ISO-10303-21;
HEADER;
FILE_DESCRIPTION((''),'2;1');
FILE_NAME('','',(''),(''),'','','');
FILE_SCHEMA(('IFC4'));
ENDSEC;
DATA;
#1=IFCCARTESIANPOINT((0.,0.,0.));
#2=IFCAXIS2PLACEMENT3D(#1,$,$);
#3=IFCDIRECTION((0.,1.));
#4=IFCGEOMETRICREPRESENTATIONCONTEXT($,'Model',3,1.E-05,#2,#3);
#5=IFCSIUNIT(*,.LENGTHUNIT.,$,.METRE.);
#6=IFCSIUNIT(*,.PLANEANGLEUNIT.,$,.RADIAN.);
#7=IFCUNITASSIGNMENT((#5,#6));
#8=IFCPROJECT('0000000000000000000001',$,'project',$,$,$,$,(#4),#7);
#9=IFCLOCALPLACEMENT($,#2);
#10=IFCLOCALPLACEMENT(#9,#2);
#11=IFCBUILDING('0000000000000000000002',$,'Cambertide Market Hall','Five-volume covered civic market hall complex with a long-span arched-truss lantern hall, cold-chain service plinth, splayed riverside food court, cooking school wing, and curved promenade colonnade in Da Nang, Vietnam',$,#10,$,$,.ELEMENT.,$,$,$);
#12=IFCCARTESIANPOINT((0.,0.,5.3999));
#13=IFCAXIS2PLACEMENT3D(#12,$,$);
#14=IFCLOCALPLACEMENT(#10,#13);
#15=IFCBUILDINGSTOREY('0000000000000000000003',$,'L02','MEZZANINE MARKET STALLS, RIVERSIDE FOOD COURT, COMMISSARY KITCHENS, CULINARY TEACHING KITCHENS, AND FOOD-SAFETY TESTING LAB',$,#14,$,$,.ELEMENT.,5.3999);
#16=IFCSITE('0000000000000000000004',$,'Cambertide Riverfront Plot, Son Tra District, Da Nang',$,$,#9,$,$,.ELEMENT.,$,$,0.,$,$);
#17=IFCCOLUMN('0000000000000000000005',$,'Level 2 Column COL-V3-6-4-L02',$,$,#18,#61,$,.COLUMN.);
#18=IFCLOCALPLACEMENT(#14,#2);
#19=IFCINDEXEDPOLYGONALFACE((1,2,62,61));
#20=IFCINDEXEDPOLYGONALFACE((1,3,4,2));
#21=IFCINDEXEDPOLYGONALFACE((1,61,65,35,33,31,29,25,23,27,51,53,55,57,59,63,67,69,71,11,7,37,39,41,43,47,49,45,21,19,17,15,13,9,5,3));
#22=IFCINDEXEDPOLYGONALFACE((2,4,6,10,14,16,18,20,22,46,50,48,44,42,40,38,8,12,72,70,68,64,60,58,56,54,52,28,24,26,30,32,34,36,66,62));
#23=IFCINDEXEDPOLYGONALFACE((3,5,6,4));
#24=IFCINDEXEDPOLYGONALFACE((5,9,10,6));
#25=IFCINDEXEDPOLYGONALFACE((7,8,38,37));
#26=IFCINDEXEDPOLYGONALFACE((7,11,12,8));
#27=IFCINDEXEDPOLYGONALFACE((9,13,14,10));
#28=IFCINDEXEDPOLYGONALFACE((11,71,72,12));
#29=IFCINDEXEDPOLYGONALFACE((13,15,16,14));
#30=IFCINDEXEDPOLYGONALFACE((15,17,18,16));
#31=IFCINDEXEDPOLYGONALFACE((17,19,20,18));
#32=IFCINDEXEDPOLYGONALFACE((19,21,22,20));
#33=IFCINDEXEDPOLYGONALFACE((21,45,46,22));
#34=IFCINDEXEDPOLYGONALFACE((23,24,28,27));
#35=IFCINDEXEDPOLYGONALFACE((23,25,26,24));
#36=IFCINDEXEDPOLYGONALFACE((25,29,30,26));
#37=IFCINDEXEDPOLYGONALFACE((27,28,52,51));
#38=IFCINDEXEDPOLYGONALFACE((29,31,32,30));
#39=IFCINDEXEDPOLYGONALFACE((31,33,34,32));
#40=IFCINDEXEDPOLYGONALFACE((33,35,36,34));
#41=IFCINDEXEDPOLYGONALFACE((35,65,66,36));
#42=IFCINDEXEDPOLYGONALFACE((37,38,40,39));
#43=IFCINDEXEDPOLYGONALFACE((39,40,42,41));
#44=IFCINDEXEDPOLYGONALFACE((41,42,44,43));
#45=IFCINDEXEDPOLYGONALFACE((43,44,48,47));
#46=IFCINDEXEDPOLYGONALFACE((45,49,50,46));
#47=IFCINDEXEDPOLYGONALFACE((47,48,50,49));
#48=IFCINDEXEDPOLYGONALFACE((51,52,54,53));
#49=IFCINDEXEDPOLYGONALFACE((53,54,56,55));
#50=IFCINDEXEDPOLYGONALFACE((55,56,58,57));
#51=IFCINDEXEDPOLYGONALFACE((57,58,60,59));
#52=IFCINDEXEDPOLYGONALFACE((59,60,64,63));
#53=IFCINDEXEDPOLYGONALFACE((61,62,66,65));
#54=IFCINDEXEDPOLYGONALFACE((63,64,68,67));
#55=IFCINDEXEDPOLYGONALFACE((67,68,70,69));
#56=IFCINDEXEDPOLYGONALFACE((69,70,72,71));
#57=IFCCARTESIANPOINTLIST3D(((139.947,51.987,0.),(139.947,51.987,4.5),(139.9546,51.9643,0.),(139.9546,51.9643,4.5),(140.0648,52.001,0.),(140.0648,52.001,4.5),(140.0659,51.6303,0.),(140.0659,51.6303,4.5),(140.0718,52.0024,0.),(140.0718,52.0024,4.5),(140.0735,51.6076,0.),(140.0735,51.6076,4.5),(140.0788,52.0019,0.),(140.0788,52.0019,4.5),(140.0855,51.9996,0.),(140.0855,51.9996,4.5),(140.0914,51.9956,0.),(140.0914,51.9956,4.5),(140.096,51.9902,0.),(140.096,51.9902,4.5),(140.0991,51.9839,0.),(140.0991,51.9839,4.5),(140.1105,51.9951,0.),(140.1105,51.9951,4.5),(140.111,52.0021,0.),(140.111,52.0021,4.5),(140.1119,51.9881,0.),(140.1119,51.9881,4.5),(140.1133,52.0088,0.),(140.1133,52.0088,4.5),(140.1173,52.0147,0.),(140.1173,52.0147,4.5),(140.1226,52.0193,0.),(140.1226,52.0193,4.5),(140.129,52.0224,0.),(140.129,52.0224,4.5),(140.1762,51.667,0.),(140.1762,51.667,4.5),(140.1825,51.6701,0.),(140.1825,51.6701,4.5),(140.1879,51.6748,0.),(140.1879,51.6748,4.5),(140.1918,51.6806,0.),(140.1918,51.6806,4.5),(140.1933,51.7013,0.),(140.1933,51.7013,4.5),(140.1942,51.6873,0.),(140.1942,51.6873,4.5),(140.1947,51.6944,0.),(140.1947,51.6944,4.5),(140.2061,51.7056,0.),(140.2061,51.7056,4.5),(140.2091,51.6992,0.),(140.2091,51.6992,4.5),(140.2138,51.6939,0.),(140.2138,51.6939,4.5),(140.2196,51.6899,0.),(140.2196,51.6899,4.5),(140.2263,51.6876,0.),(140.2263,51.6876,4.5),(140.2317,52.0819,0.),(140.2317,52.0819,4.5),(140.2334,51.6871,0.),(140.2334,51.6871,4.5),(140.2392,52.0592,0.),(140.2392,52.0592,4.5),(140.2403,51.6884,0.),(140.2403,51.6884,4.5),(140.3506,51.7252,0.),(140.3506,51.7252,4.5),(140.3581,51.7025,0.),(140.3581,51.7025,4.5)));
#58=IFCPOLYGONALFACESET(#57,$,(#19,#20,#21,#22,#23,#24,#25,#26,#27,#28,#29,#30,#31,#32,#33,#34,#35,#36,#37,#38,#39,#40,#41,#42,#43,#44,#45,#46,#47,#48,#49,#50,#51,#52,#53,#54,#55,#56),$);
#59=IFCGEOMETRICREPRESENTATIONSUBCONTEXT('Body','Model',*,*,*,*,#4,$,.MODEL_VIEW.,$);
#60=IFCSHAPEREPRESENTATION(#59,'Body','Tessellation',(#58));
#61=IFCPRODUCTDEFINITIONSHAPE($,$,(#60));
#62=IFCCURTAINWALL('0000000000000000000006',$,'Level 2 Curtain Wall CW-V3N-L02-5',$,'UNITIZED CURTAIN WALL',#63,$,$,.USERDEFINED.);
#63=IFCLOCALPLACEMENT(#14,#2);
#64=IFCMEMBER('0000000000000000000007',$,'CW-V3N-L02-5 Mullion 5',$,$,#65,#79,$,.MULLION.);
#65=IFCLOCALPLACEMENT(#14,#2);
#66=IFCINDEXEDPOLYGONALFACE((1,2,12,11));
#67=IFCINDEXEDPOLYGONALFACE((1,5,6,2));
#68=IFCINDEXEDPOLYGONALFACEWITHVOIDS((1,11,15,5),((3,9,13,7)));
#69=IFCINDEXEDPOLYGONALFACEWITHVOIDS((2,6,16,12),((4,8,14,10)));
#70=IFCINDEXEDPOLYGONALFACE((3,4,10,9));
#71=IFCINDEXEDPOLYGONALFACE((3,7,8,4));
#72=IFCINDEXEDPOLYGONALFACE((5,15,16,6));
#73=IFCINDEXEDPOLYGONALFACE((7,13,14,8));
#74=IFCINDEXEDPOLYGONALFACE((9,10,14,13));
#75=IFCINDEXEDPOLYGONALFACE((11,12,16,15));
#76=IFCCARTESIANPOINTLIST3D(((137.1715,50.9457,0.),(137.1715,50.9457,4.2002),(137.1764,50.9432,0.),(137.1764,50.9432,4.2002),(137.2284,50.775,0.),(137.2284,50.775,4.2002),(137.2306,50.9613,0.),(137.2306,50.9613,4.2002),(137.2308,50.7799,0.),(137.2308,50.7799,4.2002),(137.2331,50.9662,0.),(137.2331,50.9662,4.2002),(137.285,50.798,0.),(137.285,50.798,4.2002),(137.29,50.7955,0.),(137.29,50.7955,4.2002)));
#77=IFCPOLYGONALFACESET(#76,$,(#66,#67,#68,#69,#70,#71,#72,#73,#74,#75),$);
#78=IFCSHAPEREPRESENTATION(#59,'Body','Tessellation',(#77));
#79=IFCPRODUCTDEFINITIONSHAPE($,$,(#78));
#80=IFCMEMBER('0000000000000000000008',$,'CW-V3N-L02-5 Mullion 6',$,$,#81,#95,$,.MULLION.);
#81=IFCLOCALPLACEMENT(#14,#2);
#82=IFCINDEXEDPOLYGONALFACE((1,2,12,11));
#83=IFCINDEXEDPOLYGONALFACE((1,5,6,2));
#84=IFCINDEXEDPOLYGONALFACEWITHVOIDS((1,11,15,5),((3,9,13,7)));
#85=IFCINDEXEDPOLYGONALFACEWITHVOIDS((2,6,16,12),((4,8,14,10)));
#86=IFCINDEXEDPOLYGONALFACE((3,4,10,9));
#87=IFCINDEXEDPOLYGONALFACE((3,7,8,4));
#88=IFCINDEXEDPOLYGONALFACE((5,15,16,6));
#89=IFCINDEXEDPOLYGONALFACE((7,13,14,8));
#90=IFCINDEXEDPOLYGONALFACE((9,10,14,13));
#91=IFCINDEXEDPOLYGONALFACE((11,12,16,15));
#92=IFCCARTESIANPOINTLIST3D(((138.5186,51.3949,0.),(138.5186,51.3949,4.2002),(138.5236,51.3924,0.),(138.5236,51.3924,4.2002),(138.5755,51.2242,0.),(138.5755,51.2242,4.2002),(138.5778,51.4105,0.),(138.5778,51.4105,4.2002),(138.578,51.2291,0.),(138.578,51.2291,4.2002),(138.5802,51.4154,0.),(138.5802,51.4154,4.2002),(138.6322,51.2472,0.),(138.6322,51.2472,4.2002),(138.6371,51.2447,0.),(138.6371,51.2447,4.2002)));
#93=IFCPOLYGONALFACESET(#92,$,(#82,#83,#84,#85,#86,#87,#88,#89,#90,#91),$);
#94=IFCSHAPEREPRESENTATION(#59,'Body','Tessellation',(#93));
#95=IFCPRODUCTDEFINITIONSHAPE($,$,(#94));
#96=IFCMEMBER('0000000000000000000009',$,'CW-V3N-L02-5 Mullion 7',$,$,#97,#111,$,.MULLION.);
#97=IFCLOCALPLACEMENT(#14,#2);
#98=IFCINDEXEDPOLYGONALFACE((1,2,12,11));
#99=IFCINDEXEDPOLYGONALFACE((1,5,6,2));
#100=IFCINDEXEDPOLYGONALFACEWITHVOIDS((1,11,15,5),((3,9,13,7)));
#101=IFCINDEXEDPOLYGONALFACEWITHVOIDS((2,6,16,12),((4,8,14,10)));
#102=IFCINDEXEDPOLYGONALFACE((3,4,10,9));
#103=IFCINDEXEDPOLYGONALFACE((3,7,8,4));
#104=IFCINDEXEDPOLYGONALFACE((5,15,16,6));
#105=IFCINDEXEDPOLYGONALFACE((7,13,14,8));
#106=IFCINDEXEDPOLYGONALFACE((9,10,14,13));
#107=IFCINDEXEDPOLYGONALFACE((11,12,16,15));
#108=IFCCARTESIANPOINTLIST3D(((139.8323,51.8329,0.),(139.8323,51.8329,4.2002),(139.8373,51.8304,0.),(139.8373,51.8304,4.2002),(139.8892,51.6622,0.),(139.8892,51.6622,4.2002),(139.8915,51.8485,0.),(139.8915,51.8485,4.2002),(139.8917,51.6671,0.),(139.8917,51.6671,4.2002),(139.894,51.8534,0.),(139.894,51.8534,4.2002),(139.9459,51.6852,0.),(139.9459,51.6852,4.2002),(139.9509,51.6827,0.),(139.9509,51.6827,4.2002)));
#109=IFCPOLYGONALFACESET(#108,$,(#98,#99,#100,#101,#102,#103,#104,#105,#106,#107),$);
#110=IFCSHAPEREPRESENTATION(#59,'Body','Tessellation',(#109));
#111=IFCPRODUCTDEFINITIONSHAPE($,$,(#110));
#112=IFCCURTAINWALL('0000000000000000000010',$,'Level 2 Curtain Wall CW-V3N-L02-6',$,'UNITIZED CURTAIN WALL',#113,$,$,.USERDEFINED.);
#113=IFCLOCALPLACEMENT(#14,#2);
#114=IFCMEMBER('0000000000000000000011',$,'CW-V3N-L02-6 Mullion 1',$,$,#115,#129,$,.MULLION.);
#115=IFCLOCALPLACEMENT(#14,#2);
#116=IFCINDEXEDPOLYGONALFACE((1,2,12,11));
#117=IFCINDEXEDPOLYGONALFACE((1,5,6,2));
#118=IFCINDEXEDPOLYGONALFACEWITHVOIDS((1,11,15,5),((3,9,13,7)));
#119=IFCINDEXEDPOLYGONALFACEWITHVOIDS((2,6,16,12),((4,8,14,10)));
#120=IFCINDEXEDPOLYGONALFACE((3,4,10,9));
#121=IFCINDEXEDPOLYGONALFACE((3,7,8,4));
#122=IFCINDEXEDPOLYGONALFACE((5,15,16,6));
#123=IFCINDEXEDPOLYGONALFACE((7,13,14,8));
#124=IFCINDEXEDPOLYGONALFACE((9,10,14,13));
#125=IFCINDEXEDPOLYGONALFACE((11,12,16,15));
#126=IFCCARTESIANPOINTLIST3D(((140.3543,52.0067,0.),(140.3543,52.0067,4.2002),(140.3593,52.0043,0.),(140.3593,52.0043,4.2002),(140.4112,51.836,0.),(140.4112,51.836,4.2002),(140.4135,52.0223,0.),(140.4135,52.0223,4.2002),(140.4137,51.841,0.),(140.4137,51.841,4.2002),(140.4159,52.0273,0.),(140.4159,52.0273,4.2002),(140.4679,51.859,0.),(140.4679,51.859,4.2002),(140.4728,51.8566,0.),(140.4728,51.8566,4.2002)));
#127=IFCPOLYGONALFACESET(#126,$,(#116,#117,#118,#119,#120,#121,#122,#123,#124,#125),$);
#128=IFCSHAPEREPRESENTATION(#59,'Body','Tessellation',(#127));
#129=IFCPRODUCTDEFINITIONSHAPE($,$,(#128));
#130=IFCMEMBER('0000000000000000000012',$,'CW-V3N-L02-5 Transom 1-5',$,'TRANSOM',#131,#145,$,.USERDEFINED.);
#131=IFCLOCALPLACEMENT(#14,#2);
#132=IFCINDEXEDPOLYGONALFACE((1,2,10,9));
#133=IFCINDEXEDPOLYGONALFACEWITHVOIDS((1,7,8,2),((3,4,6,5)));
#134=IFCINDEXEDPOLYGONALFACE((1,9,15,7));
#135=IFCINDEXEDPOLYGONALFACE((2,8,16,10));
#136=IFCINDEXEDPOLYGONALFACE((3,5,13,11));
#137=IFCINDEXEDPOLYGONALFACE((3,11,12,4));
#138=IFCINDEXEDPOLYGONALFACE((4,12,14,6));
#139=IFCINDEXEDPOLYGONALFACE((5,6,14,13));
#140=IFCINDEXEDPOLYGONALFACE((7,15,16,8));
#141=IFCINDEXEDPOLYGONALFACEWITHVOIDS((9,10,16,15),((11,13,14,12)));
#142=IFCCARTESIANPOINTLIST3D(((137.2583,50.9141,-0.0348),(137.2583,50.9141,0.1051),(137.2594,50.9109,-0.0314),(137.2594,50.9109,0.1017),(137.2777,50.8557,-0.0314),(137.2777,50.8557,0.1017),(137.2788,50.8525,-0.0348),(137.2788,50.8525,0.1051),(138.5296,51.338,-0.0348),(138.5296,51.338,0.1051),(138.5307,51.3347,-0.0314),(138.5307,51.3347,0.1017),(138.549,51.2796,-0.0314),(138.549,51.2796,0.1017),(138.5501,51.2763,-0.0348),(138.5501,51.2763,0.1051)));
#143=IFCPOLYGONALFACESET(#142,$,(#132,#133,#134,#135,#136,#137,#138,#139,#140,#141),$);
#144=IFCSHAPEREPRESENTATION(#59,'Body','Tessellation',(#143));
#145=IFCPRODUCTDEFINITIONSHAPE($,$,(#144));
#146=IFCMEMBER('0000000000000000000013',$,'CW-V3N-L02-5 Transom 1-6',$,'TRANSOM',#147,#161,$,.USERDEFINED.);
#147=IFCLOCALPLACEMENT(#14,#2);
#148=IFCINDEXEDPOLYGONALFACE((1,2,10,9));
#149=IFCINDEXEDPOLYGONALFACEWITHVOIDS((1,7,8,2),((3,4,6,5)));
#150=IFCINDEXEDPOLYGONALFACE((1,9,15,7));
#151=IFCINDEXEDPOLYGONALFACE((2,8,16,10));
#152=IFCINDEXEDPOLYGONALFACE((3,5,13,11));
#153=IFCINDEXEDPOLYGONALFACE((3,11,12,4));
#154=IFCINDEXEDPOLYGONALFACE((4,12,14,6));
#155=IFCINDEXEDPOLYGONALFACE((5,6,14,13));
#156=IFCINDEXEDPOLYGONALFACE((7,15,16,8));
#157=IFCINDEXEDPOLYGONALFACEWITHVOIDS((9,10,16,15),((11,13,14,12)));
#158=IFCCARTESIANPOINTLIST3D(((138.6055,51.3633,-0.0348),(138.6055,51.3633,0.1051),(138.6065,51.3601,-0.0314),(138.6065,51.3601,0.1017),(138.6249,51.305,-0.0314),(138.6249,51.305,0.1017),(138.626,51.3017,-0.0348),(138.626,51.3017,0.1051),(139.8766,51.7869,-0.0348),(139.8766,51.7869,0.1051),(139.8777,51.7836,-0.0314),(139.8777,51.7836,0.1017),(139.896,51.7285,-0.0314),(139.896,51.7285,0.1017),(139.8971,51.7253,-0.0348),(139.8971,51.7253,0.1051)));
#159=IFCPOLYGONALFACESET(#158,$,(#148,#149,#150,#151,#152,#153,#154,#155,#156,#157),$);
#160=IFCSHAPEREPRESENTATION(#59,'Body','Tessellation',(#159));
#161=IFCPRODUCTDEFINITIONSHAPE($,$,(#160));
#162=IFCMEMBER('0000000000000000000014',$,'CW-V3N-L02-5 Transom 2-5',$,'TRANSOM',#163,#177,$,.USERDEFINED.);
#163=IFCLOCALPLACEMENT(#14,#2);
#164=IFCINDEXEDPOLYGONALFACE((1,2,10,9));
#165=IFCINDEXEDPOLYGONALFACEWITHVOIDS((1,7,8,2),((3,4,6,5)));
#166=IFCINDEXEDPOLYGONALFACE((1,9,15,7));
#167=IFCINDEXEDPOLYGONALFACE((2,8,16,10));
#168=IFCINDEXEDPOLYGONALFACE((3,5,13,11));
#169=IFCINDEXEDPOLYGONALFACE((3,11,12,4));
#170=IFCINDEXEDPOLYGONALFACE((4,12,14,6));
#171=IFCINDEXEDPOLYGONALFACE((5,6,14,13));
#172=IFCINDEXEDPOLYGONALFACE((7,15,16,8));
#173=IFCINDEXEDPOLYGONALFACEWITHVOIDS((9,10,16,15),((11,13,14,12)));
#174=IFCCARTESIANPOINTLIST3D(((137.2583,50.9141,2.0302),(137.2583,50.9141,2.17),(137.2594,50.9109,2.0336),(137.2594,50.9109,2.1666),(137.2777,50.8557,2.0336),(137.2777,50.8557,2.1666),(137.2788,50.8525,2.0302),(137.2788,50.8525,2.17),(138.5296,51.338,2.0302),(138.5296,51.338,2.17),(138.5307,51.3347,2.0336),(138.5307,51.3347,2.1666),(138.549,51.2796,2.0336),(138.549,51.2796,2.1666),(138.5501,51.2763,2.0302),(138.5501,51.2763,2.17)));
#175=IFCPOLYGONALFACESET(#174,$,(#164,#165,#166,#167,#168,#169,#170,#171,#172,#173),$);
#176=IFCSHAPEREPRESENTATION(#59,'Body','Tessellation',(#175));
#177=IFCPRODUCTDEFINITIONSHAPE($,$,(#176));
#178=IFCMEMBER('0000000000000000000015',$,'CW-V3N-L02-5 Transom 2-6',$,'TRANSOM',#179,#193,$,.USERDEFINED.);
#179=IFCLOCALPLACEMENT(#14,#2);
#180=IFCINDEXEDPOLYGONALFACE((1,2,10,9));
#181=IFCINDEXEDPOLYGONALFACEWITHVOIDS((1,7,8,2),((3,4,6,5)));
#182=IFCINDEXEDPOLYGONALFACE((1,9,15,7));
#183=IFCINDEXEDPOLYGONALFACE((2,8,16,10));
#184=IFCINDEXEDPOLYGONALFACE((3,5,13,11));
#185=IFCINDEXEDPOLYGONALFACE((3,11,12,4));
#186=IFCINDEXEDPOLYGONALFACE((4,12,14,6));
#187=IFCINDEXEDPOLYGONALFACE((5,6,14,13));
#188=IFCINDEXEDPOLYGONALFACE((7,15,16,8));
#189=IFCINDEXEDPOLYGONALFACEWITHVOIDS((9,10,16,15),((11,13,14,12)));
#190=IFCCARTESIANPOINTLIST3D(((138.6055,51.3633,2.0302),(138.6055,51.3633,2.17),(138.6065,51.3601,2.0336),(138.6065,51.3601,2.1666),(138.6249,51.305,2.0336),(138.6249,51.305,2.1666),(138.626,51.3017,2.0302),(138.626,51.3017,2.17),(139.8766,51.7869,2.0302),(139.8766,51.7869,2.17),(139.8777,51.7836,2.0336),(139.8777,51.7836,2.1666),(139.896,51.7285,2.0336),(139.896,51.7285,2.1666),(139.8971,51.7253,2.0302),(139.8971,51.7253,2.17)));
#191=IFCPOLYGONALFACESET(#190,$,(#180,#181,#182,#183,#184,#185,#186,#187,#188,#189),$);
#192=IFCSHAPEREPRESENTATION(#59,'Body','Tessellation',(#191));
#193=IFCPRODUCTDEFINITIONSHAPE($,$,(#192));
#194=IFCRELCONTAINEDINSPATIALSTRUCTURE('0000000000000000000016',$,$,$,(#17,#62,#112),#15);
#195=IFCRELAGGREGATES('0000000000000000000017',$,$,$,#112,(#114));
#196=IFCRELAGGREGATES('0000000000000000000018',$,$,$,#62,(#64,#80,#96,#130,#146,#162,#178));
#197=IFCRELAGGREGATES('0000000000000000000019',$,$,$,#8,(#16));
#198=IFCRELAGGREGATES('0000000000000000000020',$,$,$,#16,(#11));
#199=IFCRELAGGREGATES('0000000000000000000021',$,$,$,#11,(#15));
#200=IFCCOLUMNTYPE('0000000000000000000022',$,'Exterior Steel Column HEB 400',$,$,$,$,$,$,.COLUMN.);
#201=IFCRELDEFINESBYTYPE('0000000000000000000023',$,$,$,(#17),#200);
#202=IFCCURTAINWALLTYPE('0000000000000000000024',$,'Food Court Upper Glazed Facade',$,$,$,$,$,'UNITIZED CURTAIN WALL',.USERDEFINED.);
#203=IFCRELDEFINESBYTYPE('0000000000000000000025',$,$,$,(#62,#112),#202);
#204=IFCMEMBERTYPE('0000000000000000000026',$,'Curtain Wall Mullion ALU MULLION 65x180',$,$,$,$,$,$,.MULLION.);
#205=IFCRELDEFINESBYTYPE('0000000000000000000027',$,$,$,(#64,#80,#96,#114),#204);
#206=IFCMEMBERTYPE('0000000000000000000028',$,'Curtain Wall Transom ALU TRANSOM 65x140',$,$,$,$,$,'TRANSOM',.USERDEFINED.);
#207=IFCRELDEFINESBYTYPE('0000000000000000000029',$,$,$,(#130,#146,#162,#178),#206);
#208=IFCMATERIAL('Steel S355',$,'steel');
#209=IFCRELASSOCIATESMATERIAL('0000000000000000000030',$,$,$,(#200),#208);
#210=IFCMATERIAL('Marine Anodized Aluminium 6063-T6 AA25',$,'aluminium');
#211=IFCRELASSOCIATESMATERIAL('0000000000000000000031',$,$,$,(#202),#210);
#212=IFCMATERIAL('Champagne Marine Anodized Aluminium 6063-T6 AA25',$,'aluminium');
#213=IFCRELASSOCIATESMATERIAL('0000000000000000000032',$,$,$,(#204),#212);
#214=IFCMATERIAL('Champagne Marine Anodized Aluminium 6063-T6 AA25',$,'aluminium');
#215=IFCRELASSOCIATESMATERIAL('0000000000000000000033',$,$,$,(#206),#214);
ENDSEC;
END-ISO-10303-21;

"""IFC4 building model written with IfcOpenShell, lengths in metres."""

from ifc_helpers import new_model, si_unit, direction, frame, origin, origin_2d, place, context, subcontext, project, spatial, hollow_rectangle, i_section, extrude, material, material_profile, profile_set, type_object, element, aggregate, save


model = new_model("IFC4")

# Units and contexts
model_context = context("Model", 3, precision=1e-05, world=origin(), true_north=direction((0.0, 1.0)))
body_context = subcontext(model_context, "Body", "Model", "MODEL_VIEW")
ifc_project = project(units=[si_unit("LENGTHUNIT", "METRE"), si_unit("PLANEANGLEUNIT", "RADIAN")], contexts=[model_context])

# Site, building, storey
site_placement = place(None, origin())
site = spatial("IfcSite", under=ifc_project, at=site_placement, Name="Cambertide Riverfront Plot, Son Tra District, Da Nang", CompositionType="ELEMENT", RefElevation=0.0)
building_placement = place(site_placement, origin())
building = spatial("IfcBuilding", under=site, at=building_placement, Name="Cambertide Market Hall", Description="Five-volume covered civic market hall complex with a long-span arched-truss lantern hall, cold-chain service plinth, splayed riverside food court, cooking school wing, and curved promenade colonnade in Da Nang, Vietnam", CompositionType="ELEMENT")
storey_placement = place(building_placement, frame((0.0, 0.0, 5.3999)))
storey = spatial("IfcBuildingStorey", under=building, at=storey_placement, Name="L02", Description="MEZZANINE MARKET STALLS, RIVERSIDE FOOD COURT, COMMISSARY KITCHENS, CULINARY TEACHING KITCHENS, AND FOOD-SAFETY TESTING LAB", CompositionType="ELEMENT", Elevation=5.3999)

# Column
ifc_material_1 = material(Name="Steel S355", Category="steel")
ifc_material_profile_1 = material_profile(ifc_material_1, i_section(OverallWidth=0.3, OverallDepth=0.3999, WebThickness=0.0134, FlangeThickness=0.0239, FilletRadius=0.0271, at=origin_2d()), Name="HEB 400")
ifc_profile_set_1 = profile_set([ifc_material_profile_1], Name="Steel S355")
column_type = type_object("IfcColumnType", Name="Exterior Steel Column HEB 400", PredefinedType="COLUMN", material=ifc_profile_set_1)
column_placement = place(storey_placement, frame((140.1526, 51.8447, 0.0), z_axis=(0.0, 0.0, 1.0), x_axis=(0.948683, 0.316228, 0.0)))
element("IfcColumn", 1, at=column_placement, inside=storey, type_object=column_type, Name="Level 2 Column COL-V3-6-4-L02", PredefinedType="COLUMN", context=body_context, shape_type="SweptSolid", body=[
    extrude(i_section(OverallWidth=0.3, OverallDepth=0.3999, WebThickness=0.0134, FlangeThickness=0.0239, FilletRadius=0.0271, at=origin_2d()), origin(), (0.0, 0.0, 1.0), 4.5),
])

# Curtain wall, members
ifc_material_2 = material(Name="Marine Anodized Aluminium 6063-T6 AA25", Category="aluminium")
curtain_wall_type = type_object("IfcCurtainWallType", Name="Food Court Upper Glazed Facade", ElementType="UNITIZED CURTAIN WALL", PredefinedType="USERDEFINED", material=ifc_material_2)
curtain_wall_1_placement = place(storey_placement, origin())
curtain_wall_1 = element("IfcCurtainWall", 2, at=curtain_wall_1_placement, inside=storey, type_object=curtain_wall_type, Name="Level 2 Curtain Wall CW-V3N-L02-5", ObjectType="UNITIZED CURTAIN WALL", PredefinedType="USERDEFINED")
ifc_material_3 = material(Name="Champagne Marine Anodized Aluminium 6063-T6 AA25", Category="aluminium")
ifc_material_profile_2 = material_profile(ifc_material_3, hollow_rectangle(XDim=0.0649, YDim=0.1799, WallThickness=0.0039, at=origin_2d()), Name="ALU MULLION 65x180")
ifc_profile_set_2 = profile_set([ifc_material_profile_2], Name="Champagne Marine Anodized Aluminium 6063-T6 AA25")
member_type_1 = type_object("IfcMemberType", Name="Curtain Wall Mullion ALU MULLION 65x180", PredefinedType="MULLION", material=ifc_profile_set_2)
member_1_placement = place(storey_placement, frame((137.2307, 50.8706, 0.0), z_axis=(0.0, 0.0, 1.0), x_axis=(0.948683, 0.316228, 0.0)))
member_1 = element("IfcMember", 3, at=member_1_placement, type_object=member_type_1, Name="CW-V3N-L02-5 Mullion 5", PredefinedType="MULLION", context=body_context, shape_type="SweptSolid", body=[
    extrude(hollow_rectangle(XDim=0.0649, YDim=0.1799, WallThickness=0.0039, at=origin_2d()), origin(), (0.0, 0.0, 1.0), 4.2002),
])
member_2_placement = place(storey_placement, frame((138.5779, 51.3198, 0.0), z_axis=(0.0, 0.0, 1.0), x_axis=(0.948683, 0.316228, 0.0)))
member_2 = element("IfcMember", 4, at=member_2_placement, type_object=member_type_1, Name="CW-V3N-L02-5 Mullion 6", PredefinedType="MULLION", context=body_context, shape_type="SweptSolid", body=[
    extrude(hollow_rectangle(XDim=0.0649, YDim=0.1799, WallThickness=0.0039, at=origin_2d()), origin(), (0.0, 0.0, 1.0), 4.2002),
])
member_3_placement = place(storey_placement, frame((139.8916, 51.7578, 0.0), z_axis=(0.0, 0.0, 1.0), x_axis=(0.948683, 0.316228, 0.0)))
member_3 = element("IfcMember", 5, at=member_3_placement, type_object=member_type_1, Name="CW-V3N-L02-5 Mullion 7", PredefinedType="MULLION", context=body_context, shape_type="SweptSolid", body=[
    extrude(hollow_rectangle(XDim=0.0649, YDim=0.1799, WallThickness=0.0039, at=origin_2d()), origin(), (0.0, 0.0, 1.0), 4.2002),
])

# Curtain wall, member
curtain_wall_2_placement = place(storey_placement, origin())
curtain_wall_2 = element("IfcCurtainWall", 6, at=curtain_wall_2_placement, inside=storey, type_object=curtain_wall_type, Name="Level 2 Curtain Wall CW-V3N-L02-6", ObjectType="UNITIZED CURTAIN WALL", PredefinedType="USERDEFINED")
member_4_placement = place(storey_placement, frame((140.4136, 51.9316, 0.0), z_axis=(0.0, 0.0, 1.0), x_axis=(0.948683, 0.316228, 0.0)))
member_4 = element("IfcMember", 7, at=member_4_placement, type_object=member_type_1, Name="CW-V3N-L02-6 Mullion 1", PredefinedType="MULLION", context=body_context, shape_type="SweptSolid", body=[
    extrude(hollow_rectangle(XDim=0.0649, YDim=0.1799, WallThickness=0.0039, at=origin_2d()), origin(), (0.0, 0.0, 1.0), 4.2002),
])

# Members
ifc_material_4 = material(Name="Champagne Marine Anodized Aluminium 6063-T6 AA25", Category="aluminium")
ifc_material_profile_3 = material_profile(ifc_material_4, hollow_rectangle(XDim=0.0649, YDim=0.1399, WallThickness=0.0034, at=origin_2d()), Name="ALU TRANSOM 65x140")
ifc_profile_set_3 = profile_set([ifc_material_profile_3], Name="Champagne Marine Anodized Aluminium 6063-T6 AA25")
member_type_2 = type_object("IfcMemberType", Name="Curtain Wall Transom ALU TRANSOM 65x140", ElementType="TRANSOM", PredefinedType="USERDEFINED", material=ifc_profile_set_3)
member_5_placement = place(storey_placement, frame((137.2686, 50.8833, 0.0352), z_axis=(0.948665, 0.316282, 0.0), x_axis=(-0.316282, 0.948665, 0.0)))
member_5 = element("IfcMember", 8, at=member_5_placement, type_object=member_type_2, Name="CW-V3N-L02-5 Transom 1-5", ObjectType="TRANSOM", PredefinedType="USERDEFINED", context=body_context, shape_type="SweptSolid", body=[
    extrude(hollow_rectangle(XDim=0.0649, YDim=0.1399, WallThickness=0.0034, at=origin_2d()), origin(), (0.0, 0.0, 1.0), 1.3401),
])
member_6_placement = place(storey_placement, frame((138.6157, 51.3325, 0.0352), z_axis=(0.94872, 0.316118, 0.0), x_axis=(-0.316118, 0.94872, 0.0)))
member_6 = element("IfcMember", 9, at=member_6_placement, type_object=member_type_2, Name="CW-V3N-L02-5 Transom 1-6", ObjectType="TRANSOM", PredefinedType="USERDEFINED", context=body_context, shape_type="SweptSolid", body=[
    extrude(hollow_rectangle(XDim=0.0649, YDim=0.1399, WallThickness=0.0034, at=origin_2d()), origin(), (0.0, 0.0, 1.0), 1.3398),
])
member_7_placement = place(storey_placement, frame((137.2686, 50.8833, 2.1001), z_axis=(0.948665, 0.316282, 0.0), x_axis=(-0.316282, 0.948665, 0.0)))
member_7 = element("IfcMember", 10, at=member_7_placement, type_object=member_type_2, Name="CW-V3N-L02-5 Transom 2-5", ObjectType="TRANSOM", PredefinedType="USERDEFINED", context=body_context, shape_type="SweptSolid", body=[
    extrude(hollow_rectangle(XDim=0.0649, YDim=0.1399, WallThickness=0.0034, at=origin_2d()), origin(), (0.0, 0.0, 1.0), 1.3401),
])
member_8_placement = place(storey_placement, frame((138.6157, 51.3325, 2.1001), z_axis=(0.94872, 0.316118, 0.0), x_axis=(-0.316118, 0.94872, 0.0)))
member_8 = element("IfcMember", 11, at=member_8_placement, type_object=member_type_2, Name="CW-V3N-L02-5 Transom 2-6", ObjectType="TRANSOM", PredefinedType="USERDEFINED", context=body_context, shape_type="SweptSolid", body=[
    extrude(hollow_rectangle(XDim=0.0649, YDim=0.1399, WallThickness=0.0034, at=origin_2d()), origin(), (0.0, 0.0, 1.0), 1.3398),
])
aggregate(curtain_wall_2, [member_4])

aggregate(curtain_wall_1, [member_1, member_2, member_3, member_5, member_6, member_7, member_8])

save(model, "model.ifc")
